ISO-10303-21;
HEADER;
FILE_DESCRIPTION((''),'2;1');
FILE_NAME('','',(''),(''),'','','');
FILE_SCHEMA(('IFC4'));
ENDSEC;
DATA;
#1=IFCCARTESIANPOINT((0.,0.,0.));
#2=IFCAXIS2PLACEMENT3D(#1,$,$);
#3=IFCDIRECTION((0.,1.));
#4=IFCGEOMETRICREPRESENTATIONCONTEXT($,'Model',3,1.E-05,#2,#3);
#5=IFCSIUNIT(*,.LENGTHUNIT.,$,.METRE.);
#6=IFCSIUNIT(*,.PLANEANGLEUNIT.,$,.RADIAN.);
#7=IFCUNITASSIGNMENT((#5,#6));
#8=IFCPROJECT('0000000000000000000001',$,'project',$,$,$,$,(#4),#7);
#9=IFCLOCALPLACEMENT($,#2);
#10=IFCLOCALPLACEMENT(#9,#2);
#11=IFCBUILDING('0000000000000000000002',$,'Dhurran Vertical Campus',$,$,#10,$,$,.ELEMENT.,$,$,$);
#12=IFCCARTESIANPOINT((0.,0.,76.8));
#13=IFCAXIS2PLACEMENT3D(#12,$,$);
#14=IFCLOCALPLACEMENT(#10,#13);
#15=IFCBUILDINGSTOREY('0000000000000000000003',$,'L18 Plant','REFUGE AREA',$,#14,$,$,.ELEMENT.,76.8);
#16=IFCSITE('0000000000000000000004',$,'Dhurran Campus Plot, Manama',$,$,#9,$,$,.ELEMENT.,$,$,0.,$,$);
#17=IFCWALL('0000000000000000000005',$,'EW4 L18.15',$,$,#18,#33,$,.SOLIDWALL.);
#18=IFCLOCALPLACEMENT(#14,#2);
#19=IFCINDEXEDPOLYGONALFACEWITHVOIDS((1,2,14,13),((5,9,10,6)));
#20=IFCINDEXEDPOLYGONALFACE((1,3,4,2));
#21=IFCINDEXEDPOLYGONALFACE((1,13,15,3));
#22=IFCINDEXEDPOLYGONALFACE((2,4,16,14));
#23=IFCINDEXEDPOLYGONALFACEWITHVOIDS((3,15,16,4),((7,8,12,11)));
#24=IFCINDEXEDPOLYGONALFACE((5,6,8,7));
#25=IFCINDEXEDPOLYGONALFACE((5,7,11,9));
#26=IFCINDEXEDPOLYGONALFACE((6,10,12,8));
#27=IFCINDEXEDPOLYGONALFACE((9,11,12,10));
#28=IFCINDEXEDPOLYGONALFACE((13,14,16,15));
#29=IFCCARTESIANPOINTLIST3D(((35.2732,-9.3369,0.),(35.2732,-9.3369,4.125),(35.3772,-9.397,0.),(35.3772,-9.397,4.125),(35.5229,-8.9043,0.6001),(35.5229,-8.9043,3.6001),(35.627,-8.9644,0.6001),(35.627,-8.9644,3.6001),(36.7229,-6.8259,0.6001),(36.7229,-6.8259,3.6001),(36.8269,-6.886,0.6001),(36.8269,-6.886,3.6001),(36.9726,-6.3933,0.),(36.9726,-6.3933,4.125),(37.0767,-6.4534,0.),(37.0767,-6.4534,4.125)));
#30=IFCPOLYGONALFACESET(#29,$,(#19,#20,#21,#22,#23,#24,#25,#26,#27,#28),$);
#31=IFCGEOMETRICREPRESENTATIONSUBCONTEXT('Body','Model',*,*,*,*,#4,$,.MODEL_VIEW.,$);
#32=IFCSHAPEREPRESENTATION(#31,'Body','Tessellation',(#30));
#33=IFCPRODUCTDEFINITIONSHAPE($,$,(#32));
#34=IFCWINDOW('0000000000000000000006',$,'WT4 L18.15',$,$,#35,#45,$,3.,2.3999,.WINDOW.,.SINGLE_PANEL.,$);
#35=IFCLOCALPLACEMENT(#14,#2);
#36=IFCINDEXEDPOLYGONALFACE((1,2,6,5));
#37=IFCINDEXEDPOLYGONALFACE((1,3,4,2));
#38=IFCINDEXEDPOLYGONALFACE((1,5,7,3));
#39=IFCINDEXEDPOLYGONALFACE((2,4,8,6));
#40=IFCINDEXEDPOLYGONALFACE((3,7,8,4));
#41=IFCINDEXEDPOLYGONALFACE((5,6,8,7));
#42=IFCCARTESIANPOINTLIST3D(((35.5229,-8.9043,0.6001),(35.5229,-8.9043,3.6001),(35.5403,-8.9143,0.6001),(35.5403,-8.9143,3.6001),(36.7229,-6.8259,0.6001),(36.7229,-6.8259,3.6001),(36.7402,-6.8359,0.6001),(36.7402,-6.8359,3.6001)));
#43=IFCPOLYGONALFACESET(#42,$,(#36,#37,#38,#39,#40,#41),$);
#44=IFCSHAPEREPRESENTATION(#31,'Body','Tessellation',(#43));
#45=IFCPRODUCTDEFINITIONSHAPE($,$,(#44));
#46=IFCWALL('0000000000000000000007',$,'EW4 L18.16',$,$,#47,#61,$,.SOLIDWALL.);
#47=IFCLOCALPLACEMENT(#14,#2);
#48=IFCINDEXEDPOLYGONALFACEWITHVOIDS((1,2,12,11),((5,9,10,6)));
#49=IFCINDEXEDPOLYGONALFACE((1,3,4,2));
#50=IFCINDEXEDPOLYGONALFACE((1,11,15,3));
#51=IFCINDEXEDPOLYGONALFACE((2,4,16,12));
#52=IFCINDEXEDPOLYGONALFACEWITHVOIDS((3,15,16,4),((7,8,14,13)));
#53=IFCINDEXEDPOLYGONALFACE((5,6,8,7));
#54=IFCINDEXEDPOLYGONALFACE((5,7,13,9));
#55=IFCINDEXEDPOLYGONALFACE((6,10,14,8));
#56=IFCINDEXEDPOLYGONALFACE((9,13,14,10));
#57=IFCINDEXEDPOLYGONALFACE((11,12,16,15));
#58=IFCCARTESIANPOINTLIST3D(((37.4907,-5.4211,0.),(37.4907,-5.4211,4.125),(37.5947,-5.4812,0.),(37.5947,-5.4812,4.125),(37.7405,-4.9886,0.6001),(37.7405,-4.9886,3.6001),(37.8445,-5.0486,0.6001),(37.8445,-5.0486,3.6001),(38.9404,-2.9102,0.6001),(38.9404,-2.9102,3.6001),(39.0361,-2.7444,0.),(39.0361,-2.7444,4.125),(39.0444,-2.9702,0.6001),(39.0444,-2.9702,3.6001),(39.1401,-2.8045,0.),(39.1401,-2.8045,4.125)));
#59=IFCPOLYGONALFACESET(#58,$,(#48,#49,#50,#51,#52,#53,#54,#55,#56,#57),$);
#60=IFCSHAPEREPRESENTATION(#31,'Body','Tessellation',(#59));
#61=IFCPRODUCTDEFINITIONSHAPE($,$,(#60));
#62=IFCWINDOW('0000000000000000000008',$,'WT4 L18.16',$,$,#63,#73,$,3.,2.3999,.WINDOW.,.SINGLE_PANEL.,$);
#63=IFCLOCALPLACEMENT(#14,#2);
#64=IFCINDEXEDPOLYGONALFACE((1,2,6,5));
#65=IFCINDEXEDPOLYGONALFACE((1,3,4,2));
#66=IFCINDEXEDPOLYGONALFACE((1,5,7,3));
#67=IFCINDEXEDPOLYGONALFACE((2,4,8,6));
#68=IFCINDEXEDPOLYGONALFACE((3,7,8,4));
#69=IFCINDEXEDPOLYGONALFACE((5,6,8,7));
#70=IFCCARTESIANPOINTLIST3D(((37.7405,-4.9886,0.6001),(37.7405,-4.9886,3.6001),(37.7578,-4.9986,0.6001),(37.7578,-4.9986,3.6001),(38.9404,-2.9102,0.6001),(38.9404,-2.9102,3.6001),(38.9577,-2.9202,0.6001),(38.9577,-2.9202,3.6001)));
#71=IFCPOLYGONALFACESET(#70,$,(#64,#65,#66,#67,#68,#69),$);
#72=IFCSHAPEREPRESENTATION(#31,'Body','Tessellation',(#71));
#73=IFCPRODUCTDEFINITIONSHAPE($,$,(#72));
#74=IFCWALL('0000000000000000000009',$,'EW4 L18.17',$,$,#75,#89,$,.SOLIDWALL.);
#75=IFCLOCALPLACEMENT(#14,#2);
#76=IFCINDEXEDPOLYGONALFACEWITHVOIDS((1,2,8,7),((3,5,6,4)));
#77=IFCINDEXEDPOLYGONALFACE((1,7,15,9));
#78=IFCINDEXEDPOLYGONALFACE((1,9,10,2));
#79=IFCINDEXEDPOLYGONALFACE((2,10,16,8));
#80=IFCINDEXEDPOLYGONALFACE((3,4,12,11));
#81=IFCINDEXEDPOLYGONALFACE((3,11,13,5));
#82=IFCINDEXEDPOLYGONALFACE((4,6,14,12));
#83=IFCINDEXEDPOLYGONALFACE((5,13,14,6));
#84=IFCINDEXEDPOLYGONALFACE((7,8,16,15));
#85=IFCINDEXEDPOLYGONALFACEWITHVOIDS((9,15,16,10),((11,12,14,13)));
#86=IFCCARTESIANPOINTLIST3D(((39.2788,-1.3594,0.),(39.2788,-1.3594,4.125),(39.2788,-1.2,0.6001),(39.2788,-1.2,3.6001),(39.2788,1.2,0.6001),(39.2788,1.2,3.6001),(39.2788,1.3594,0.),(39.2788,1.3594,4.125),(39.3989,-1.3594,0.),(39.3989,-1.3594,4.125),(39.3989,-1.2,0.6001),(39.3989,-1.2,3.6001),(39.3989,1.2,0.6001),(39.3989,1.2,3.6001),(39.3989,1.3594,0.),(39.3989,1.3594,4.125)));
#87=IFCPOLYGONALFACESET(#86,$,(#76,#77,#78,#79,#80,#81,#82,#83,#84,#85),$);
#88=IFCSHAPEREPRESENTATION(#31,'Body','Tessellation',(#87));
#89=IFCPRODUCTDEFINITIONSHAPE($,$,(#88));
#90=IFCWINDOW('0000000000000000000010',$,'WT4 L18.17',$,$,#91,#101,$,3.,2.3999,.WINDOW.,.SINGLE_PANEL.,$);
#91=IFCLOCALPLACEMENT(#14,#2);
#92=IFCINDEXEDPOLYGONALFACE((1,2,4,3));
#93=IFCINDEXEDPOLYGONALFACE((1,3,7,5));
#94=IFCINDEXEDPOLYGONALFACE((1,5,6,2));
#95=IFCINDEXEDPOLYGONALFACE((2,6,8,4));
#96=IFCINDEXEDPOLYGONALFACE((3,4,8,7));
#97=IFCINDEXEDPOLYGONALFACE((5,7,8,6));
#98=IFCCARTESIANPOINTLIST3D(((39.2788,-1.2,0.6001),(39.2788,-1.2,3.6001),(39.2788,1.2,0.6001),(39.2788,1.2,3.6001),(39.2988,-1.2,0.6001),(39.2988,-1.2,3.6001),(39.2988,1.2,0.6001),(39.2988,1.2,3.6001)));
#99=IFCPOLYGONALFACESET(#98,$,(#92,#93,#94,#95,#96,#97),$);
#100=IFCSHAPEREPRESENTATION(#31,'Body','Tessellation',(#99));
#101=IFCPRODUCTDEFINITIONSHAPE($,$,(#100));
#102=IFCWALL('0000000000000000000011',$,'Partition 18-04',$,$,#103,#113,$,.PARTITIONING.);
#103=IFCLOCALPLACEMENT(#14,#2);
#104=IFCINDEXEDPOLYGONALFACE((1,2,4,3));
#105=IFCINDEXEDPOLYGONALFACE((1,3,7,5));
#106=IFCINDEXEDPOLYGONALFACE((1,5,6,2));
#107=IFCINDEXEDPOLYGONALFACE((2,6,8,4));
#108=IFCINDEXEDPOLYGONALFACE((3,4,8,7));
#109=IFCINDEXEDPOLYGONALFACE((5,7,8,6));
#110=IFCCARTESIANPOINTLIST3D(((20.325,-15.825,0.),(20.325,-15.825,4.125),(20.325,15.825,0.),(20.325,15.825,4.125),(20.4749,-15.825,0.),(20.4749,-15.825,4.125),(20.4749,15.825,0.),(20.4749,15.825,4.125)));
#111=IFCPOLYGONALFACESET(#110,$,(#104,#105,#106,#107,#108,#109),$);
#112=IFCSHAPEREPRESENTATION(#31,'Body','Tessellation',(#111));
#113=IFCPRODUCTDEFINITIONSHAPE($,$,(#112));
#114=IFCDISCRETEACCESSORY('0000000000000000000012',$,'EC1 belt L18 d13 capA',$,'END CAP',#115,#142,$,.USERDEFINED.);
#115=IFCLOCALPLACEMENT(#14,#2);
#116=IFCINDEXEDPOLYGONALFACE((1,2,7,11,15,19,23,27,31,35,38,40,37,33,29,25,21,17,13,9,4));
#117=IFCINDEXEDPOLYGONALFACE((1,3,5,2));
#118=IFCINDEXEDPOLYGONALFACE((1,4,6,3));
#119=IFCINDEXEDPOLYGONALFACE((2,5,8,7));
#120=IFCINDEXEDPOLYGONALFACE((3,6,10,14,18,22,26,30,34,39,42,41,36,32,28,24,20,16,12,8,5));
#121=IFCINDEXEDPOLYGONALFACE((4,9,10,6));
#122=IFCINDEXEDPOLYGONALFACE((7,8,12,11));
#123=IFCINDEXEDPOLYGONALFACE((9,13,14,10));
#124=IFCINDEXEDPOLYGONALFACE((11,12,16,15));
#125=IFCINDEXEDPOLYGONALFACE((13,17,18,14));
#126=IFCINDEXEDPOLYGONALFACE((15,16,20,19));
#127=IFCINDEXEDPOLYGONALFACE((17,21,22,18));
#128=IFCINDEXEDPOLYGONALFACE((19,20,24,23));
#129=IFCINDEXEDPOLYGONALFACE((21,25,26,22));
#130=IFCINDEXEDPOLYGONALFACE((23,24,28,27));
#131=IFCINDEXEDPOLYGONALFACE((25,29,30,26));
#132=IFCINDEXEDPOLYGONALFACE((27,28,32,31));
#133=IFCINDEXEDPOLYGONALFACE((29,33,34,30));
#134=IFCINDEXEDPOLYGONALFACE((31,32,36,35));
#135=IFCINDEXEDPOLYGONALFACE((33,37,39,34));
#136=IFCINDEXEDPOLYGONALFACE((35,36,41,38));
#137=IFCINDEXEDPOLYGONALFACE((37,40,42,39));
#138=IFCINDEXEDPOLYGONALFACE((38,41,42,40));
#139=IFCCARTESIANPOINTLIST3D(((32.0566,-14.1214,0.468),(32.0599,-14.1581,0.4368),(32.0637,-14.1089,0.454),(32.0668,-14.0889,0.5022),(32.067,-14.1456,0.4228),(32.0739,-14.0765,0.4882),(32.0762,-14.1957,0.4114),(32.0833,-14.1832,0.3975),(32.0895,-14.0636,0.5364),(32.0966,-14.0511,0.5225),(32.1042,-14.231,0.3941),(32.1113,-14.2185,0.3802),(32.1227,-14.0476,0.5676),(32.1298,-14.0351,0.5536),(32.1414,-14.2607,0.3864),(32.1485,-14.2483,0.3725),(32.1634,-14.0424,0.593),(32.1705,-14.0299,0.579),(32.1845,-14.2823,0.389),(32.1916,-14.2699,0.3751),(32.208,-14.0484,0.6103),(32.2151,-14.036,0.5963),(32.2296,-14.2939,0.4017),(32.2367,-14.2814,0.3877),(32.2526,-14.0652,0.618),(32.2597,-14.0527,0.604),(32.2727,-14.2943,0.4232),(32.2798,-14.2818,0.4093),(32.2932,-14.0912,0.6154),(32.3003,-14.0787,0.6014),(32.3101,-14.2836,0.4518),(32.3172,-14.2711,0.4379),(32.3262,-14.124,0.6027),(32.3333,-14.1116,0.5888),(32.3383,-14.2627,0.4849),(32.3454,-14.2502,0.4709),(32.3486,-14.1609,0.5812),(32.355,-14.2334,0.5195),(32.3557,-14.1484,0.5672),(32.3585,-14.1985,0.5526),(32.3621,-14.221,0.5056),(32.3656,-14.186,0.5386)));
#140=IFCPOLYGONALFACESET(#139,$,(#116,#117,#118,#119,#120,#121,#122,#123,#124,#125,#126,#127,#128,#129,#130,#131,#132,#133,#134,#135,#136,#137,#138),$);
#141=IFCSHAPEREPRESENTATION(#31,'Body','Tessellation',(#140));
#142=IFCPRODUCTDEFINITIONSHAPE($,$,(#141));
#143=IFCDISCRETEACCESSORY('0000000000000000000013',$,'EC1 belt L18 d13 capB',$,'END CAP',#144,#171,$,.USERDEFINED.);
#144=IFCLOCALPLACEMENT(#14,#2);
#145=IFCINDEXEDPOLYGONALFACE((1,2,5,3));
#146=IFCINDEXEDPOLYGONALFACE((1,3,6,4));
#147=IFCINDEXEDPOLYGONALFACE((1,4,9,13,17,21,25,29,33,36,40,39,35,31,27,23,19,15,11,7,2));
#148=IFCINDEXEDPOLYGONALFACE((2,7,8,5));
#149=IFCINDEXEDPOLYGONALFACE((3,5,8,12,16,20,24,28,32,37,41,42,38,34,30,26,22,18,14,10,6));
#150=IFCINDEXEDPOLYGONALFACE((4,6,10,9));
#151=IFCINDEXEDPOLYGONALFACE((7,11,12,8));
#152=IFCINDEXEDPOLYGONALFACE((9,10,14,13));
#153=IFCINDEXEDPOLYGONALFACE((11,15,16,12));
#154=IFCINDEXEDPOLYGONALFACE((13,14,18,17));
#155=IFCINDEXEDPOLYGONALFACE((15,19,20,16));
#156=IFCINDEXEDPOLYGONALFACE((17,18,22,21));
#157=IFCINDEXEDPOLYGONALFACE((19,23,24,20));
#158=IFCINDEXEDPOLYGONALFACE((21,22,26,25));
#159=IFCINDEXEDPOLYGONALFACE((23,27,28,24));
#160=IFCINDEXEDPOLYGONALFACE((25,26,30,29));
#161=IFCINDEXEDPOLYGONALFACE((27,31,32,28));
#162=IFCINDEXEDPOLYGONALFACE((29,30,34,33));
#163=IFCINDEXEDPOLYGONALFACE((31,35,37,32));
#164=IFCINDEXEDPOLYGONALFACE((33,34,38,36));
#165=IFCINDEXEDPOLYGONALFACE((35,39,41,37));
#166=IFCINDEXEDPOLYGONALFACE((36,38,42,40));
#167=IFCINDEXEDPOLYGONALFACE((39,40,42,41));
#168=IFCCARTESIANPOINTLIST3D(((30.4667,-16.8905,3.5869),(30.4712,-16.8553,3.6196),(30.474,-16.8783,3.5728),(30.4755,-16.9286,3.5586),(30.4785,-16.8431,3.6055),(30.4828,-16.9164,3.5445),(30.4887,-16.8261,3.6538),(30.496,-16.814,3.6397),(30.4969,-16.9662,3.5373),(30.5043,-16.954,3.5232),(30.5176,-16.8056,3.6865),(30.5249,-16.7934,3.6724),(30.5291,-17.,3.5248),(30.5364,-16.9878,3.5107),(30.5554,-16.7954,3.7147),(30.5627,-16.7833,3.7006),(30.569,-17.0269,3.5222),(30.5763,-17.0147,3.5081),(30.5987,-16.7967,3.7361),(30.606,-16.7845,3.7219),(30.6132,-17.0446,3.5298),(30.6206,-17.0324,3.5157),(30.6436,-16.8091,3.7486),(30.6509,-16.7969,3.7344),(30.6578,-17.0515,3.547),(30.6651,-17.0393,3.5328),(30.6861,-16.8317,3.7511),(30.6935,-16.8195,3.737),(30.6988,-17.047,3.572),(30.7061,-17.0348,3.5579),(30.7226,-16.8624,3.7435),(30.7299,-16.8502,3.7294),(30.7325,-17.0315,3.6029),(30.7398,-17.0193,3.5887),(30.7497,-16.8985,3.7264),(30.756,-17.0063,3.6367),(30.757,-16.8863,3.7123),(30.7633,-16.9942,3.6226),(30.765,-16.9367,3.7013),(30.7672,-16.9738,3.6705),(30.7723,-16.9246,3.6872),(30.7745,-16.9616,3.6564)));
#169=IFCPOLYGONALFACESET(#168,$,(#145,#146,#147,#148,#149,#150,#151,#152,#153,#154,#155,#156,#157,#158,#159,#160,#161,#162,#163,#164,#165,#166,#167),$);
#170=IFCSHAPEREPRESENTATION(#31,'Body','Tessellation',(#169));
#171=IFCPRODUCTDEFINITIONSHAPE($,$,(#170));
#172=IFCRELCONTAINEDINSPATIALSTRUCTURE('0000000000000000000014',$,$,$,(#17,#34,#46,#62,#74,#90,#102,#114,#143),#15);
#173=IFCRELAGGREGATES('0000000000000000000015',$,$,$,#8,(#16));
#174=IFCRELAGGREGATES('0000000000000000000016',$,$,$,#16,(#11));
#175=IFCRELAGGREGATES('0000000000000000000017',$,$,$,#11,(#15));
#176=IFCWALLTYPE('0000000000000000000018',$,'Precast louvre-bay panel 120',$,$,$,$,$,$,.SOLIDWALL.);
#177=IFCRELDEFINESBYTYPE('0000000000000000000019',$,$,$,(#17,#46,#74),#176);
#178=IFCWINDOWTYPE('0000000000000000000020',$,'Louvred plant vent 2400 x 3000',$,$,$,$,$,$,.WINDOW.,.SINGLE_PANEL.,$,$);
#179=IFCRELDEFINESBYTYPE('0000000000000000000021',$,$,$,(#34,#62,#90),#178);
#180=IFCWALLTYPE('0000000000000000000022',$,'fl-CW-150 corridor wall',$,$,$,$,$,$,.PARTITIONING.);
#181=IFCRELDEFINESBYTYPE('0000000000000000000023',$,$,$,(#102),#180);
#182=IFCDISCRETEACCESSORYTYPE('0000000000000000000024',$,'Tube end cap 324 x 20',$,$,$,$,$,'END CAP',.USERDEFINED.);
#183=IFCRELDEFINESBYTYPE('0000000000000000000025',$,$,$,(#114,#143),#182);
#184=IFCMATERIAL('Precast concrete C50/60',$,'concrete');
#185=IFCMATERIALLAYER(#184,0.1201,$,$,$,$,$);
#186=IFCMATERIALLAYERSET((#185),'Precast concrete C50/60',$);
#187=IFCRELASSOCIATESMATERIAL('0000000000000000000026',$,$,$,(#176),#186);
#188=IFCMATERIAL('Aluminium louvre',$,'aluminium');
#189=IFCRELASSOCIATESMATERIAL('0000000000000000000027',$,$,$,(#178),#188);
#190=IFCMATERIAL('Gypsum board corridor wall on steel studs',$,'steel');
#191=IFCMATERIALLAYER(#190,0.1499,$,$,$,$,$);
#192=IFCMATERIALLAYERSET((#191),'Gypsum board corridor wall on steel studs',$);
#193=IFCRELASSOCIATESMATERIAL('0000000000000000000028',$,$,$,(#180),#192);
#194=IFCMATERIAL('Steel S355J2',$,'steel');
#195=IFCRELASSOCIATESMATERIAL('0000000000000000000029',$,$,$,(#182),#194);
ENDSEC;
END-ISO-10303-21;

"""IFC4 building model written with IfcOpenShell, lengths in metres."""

from ifc_helpers import new_model, si_unit, direction, frame, frame_2d, origin, origin_2d, place, context, subcontext, project, spatial, rectangle, circle, extrude, material, layer, layer_set, material_profile, profile_set, type_object, element, fill, save


model = new_model("IFC4")

# Units and contexts
model_context = context("Model", 3, precision=1e-05, world=origin(), true_north=direction((0.0, 1.0)))
body_context = subcontext(model_context, "Body", "Model", "MODEL_VIEW")
ifc_project = project(units=[si_unit("LENGTHUNIT", "METRE"), si_unit("PLANEANGLEUNIT", "RADIAN")], contexts=[model_context])

# Site, building, storey
site_placement = place(None, origin())
site = spatial("IfcSite", under=ifc_project, at=site_placement, Name="Dhurran Campus Plot, Manama", CompositionType="ELEMENT", RefElevation=0.0)
building_placement = place(site_placement, origin())
building = spatial("IfcBuilding", under=site, at=building_placement, Name="Dhurran Vertical Campus", CompositionType="ELEMENT")
storey_placement = place(building_placement, frame((0.0, 0.0, 76.8)))
storey = spatial("IfcBuildingStorey", under=building, at=storey_placement, Name="L18 Plant", Description="REFUGE AREA", CompositionType="ELEMENT", Elevation=76.8)

# Walls, openings, windows
ifc_material_1 = material(Name="Precast concrete C50/60", Category="concrete")
ifc_layer_1 = layer(ifc_material_1, 0.1201)
ifc_layer_set_1 = layer_set([ifc_layer_1], Name="Precast concrete C50/60")
wall_type_1 = type_object("IfcWallType", Name="Precast louvre-bay panel 120", PredefinedType="SOLIDWALL", material=ifc_layer_set_1)
ifc_material_2 = material(Name="Aluminium louvre", Category="aluminium")
window_type = type_object("IfcWindowType", Name="Louvred plant vent 2400 x 3000", PartitioningType="SINGLE_PANEL", PredefinedType="WINDOW", material=ifc_material_2)
wall_1_placement = place(storey_placement, frame((35.3252, -9.3669, 0.0), z_axis=(0.0, 0.0, 1.0), x_axis=(0.499994, 0.866029, 0.0)))
wall_1 = element("IfcWall", 1, at=wall_1_placement, inside=storey, type_object=wall_type_1, Name="EW4 L18.15", PredefinedType="SOLIDWALL", context=body_context, shape_type="SweptSolid", body=[
    extrude(rectangle(XDim=3.3989, YDim=0.1201, at=frame_2d((1.6995, 0.0))), origin(), (0.0, 0.0, 1.0), 4.125),
])
opening_1_placement = place(wall_1_placement, frame((0.4995, 0.0, 0.6001)))
opening_1 = element("IfcOpeningElement", 2, at=opening_1_placement, cuts=wall_1, PredefinedType="OPENING", context=body_context, shape_type="SweptSolid", body=[
    extrude(rectangle(XDim=2.3999, YDim=3.0, at=frame_2d((1.2, 1.5))), frame((0.0, 0.0701, 0.0), z_axis=(0.0, -1.0, 0.0), x_axis=(1.0, 0.0, 0.0)), (0.0, 0.0, 1.0), 0.1401),
])
window_1_placement = place(opening_1_placement, origin())
window_1 = element("IfcWindow", 3, at=window_1_placement, inside=storey, type_object=window_type, Name="WT4 L18.15", OverallHeight=3.0, OverallWidth=2.3999, PartitioningType="SINGLE_PANEL", PredefinedType="WINDOW", context=body_context, shape_type="SweptSolid", body=[
    extrude(rectangle(XDim=2.3999, YDim=3.0, at=frame_2d((1.2, 1.5))), frame((0.0, 0.0601, 0.0), z_axis=(0.0, -1.0, 0.0), x_axis=(1.0, 0.0, 0.0)), (0.0, 0.0, 1.0), 0.02),
])
fill(opening_1, window_1)
wall_2_placement = place(storey_placement, frame((37.5427, -5.4512, 0.0), z_axis=(0.0, 0.0, 1.0), x_axis=(0.499996, 0.866028, 0.0)))
wall_2 = element("IfcWall", 4, at=wall_2_placement, inside=storey, type_object=wall_type_1, Name="EW4 L18.16", PredefinedType="SOLIDWALL", context=body_context, shape_type="SweptSolid", body=[
    extrude(rectangle(XDim=3.0908, YDim=0.1201, at=frame_2d((1.5454, 0.0))), origin(), (0.0, 0.0, 1.0), 4.125),
])
opening_2_placement = place(wall_2_placement, frame((0.4995, 0.0, 0.6001)))
opening_2 = element("IfcOpeningElement", 5, at=opening_2_placement, cuts=wall_2, PredefinedType="OPENING", context=body_context, shape_type="SweptSolid", body=[
    extrude(rectangle(XDim=2.3999, YDim=3.0, at=frame_2d((1.2, 1.5))), frame((0.0, 0.0701, 0.0), z_axis=(0.0, -1.0, 0.0), x_axis=(1.0, 0.0, 0.0)), (0.0, 0.0, 1.0), 0.1401),
])
window_2_placement = place(opening_2_placement, origin())
window_2 = element("IfcWindow", 6, at=window_2_placement, inside=storey, type_object=window_type, Name="WT4 L18.16", OverallHeight=3.0, OverallWidth=2.3999, PartitioningType="SINGLE_PANEL", PredefinedType="WINDOW", context=body_context, shape_type="SweptSolid", body=[
    extrude(rectangle(XDim=2.3999, YDim=3.0, at=frame_2d((1.2, 1.5))), frame((0.0, 0.0601, 0.0), z_axis=(0.0, -1.0, 0.0), x_axis=(1.0, 0.0, 0.0)), (0.0, 0.0, 1.0), 0.02),
])
fill(opening_2, window_2)
wall_3_placement = place(storey_placement, frame((39.3389, -1.3594, 0.0), z_axis=(0.0, 0.0, 1.0), x_axis=(0.0, 1.0, 0.0)))
wall_3 = element("IfcWall", 7, at=wall_3_placement, inside=storey, type_object=wall_type_1, Name="EW4 L18.17", PredefinedType="SOLIDWALL", context=body_context, shape_type="SweptSolid", body=[
    extrude(rectangle(XDim=2.7188, YDim=0.1201, at=frame_2d((1.3594, 0.0))), origin(), (0.0, 0.0, 1.0), 4.125),
])
opening_3_placement = place(wall_3_placement, frame((0.1594, 0.0, 0.6001)))
opening_3 = element("IfcOpeningElement", 8, at=opening_3_placement, cuts=wall_3, PredefinedType="OPENING", context=body_context, shape_type="SweptSolid", body=[
    extrude(rectangle(XDim=2.3999, YDim=3.0, at=frame_2d((1.2, 1.5))), frame((0.0, 0.0701, 0.0), z_axis=(0.0, -1.0, 0.0), x_axis=(1.0, 0.0, 0.0)), (0.0, 0.0, 1.0), 0.1401),
])
window_3_placement = place(opening_3_placement, origin())
window_3 = element("IfcWindow", 9, at=window_3_placement, inside=storey, type_object=window_type, Name="WT4 L18.17", OverallHeight=3.0, OverallWidth=2.3999, PartitioningType="SINGLE_PANEL", PredefinedType="WINDOW", context=body_context, shape_type="SweptSolid", body=[
    extrude(rectangle(XDim=2.3999, YDim=3.0, at=frame_2d((1.2, 1.5))), frame((0.0, 0.0601, 0.0), z_axis=(0.0, -1.0, 0.0), x_axis=(1.0, 0.0, 0.0)), (0.0, 0.0, 1.0), 0.02),
])
fill(opening_3, window_3)

# Wall
ifc_material_3 = material(Name="Gypsum board corridor wall on steel studs", Category="steel")
ifc_layer_2 = layer(ifc_material_3, 0.1499)
ifc_layer_set_2 = layer_set([ifc_layer_2], Name="Gypsum board corridor wall on steel studs")
wall_type_2 = type_object("IfcWallType", Name="fl-CW-150 corridor wall", PredefinedType="PARTITIONING", material=ifc_layer_set_2)
wall_4_placement = place(storey_placement, frame((20.3999, -15.825, 0.0), z_axis=(0.0, 0.0, 1.0), x_axis=(0.0, 1.0, 0.0)))
element("IfcWall", 10, at=wall_4_placement, inside=storey, type_object=wall_type_2, Name="Partition 18-04", PredefinedType="PARTITIONING", context=body_context, shape_type="SweptSolid", body=[
    extrude(rectangle(XDim=31.6499, YDim=0.1499, at=frame_2d((15.825, 0.0))), origin(), (0.0, 0.0, 1.0), 4.125),
])

# Discrete accessories
ifc_material_4 = material(Name="Steel S355J2", Category="steel")
ifc_material_profile_1 = material_profile(ifc_material_4, circle(Radius=0.1619, at=origin_2d()), Name="Tube end cap 324 x 20")
ifc_profile_set_1 = profile_set([ifc_material_profile_1], Name="Steel S355J2")
discrete_accessory_type = type_object("IfcDiscreteAccessoryType", Name="Tube end cap 324 x 20", ElementType="END CAP", PredefinedType="USERDEFINED", material=ifc_profile_set_1)
for number, where, z_axis, x_axis, name in (
    (11, (32.2075, -14.1689, 0.5022), (0.35453, 0.623483, -0.696834), (-0.86929, 0.494302, 0.0), "EC1 belt L18 d13 capA"),
    (12, (30.6245, -16.9109, 3.6226), (-0.36477, -0.60795, 0.705223), (0.857493, -0.514496, 0.0), "EC1 belt L18 d13 capB"),
):
    element("IfcDiscreteAccessory", number, at=place(storey_placement, frame(where, z_axis=z_axis, x_axis=x_axis)), inside=storey, type_object=discrete_accessory_type, Name=name, ObjectType="END CAP", PredefinedType="USERDEFINED", context=body_context, shape_type="SweptSolid", body=[
        extrude(circle(Radius=0.1619, at=origin_2d()), origin(), (0.0, 0.0, 1.0), 0.02),
    ])

save(model, "model.ifc")
